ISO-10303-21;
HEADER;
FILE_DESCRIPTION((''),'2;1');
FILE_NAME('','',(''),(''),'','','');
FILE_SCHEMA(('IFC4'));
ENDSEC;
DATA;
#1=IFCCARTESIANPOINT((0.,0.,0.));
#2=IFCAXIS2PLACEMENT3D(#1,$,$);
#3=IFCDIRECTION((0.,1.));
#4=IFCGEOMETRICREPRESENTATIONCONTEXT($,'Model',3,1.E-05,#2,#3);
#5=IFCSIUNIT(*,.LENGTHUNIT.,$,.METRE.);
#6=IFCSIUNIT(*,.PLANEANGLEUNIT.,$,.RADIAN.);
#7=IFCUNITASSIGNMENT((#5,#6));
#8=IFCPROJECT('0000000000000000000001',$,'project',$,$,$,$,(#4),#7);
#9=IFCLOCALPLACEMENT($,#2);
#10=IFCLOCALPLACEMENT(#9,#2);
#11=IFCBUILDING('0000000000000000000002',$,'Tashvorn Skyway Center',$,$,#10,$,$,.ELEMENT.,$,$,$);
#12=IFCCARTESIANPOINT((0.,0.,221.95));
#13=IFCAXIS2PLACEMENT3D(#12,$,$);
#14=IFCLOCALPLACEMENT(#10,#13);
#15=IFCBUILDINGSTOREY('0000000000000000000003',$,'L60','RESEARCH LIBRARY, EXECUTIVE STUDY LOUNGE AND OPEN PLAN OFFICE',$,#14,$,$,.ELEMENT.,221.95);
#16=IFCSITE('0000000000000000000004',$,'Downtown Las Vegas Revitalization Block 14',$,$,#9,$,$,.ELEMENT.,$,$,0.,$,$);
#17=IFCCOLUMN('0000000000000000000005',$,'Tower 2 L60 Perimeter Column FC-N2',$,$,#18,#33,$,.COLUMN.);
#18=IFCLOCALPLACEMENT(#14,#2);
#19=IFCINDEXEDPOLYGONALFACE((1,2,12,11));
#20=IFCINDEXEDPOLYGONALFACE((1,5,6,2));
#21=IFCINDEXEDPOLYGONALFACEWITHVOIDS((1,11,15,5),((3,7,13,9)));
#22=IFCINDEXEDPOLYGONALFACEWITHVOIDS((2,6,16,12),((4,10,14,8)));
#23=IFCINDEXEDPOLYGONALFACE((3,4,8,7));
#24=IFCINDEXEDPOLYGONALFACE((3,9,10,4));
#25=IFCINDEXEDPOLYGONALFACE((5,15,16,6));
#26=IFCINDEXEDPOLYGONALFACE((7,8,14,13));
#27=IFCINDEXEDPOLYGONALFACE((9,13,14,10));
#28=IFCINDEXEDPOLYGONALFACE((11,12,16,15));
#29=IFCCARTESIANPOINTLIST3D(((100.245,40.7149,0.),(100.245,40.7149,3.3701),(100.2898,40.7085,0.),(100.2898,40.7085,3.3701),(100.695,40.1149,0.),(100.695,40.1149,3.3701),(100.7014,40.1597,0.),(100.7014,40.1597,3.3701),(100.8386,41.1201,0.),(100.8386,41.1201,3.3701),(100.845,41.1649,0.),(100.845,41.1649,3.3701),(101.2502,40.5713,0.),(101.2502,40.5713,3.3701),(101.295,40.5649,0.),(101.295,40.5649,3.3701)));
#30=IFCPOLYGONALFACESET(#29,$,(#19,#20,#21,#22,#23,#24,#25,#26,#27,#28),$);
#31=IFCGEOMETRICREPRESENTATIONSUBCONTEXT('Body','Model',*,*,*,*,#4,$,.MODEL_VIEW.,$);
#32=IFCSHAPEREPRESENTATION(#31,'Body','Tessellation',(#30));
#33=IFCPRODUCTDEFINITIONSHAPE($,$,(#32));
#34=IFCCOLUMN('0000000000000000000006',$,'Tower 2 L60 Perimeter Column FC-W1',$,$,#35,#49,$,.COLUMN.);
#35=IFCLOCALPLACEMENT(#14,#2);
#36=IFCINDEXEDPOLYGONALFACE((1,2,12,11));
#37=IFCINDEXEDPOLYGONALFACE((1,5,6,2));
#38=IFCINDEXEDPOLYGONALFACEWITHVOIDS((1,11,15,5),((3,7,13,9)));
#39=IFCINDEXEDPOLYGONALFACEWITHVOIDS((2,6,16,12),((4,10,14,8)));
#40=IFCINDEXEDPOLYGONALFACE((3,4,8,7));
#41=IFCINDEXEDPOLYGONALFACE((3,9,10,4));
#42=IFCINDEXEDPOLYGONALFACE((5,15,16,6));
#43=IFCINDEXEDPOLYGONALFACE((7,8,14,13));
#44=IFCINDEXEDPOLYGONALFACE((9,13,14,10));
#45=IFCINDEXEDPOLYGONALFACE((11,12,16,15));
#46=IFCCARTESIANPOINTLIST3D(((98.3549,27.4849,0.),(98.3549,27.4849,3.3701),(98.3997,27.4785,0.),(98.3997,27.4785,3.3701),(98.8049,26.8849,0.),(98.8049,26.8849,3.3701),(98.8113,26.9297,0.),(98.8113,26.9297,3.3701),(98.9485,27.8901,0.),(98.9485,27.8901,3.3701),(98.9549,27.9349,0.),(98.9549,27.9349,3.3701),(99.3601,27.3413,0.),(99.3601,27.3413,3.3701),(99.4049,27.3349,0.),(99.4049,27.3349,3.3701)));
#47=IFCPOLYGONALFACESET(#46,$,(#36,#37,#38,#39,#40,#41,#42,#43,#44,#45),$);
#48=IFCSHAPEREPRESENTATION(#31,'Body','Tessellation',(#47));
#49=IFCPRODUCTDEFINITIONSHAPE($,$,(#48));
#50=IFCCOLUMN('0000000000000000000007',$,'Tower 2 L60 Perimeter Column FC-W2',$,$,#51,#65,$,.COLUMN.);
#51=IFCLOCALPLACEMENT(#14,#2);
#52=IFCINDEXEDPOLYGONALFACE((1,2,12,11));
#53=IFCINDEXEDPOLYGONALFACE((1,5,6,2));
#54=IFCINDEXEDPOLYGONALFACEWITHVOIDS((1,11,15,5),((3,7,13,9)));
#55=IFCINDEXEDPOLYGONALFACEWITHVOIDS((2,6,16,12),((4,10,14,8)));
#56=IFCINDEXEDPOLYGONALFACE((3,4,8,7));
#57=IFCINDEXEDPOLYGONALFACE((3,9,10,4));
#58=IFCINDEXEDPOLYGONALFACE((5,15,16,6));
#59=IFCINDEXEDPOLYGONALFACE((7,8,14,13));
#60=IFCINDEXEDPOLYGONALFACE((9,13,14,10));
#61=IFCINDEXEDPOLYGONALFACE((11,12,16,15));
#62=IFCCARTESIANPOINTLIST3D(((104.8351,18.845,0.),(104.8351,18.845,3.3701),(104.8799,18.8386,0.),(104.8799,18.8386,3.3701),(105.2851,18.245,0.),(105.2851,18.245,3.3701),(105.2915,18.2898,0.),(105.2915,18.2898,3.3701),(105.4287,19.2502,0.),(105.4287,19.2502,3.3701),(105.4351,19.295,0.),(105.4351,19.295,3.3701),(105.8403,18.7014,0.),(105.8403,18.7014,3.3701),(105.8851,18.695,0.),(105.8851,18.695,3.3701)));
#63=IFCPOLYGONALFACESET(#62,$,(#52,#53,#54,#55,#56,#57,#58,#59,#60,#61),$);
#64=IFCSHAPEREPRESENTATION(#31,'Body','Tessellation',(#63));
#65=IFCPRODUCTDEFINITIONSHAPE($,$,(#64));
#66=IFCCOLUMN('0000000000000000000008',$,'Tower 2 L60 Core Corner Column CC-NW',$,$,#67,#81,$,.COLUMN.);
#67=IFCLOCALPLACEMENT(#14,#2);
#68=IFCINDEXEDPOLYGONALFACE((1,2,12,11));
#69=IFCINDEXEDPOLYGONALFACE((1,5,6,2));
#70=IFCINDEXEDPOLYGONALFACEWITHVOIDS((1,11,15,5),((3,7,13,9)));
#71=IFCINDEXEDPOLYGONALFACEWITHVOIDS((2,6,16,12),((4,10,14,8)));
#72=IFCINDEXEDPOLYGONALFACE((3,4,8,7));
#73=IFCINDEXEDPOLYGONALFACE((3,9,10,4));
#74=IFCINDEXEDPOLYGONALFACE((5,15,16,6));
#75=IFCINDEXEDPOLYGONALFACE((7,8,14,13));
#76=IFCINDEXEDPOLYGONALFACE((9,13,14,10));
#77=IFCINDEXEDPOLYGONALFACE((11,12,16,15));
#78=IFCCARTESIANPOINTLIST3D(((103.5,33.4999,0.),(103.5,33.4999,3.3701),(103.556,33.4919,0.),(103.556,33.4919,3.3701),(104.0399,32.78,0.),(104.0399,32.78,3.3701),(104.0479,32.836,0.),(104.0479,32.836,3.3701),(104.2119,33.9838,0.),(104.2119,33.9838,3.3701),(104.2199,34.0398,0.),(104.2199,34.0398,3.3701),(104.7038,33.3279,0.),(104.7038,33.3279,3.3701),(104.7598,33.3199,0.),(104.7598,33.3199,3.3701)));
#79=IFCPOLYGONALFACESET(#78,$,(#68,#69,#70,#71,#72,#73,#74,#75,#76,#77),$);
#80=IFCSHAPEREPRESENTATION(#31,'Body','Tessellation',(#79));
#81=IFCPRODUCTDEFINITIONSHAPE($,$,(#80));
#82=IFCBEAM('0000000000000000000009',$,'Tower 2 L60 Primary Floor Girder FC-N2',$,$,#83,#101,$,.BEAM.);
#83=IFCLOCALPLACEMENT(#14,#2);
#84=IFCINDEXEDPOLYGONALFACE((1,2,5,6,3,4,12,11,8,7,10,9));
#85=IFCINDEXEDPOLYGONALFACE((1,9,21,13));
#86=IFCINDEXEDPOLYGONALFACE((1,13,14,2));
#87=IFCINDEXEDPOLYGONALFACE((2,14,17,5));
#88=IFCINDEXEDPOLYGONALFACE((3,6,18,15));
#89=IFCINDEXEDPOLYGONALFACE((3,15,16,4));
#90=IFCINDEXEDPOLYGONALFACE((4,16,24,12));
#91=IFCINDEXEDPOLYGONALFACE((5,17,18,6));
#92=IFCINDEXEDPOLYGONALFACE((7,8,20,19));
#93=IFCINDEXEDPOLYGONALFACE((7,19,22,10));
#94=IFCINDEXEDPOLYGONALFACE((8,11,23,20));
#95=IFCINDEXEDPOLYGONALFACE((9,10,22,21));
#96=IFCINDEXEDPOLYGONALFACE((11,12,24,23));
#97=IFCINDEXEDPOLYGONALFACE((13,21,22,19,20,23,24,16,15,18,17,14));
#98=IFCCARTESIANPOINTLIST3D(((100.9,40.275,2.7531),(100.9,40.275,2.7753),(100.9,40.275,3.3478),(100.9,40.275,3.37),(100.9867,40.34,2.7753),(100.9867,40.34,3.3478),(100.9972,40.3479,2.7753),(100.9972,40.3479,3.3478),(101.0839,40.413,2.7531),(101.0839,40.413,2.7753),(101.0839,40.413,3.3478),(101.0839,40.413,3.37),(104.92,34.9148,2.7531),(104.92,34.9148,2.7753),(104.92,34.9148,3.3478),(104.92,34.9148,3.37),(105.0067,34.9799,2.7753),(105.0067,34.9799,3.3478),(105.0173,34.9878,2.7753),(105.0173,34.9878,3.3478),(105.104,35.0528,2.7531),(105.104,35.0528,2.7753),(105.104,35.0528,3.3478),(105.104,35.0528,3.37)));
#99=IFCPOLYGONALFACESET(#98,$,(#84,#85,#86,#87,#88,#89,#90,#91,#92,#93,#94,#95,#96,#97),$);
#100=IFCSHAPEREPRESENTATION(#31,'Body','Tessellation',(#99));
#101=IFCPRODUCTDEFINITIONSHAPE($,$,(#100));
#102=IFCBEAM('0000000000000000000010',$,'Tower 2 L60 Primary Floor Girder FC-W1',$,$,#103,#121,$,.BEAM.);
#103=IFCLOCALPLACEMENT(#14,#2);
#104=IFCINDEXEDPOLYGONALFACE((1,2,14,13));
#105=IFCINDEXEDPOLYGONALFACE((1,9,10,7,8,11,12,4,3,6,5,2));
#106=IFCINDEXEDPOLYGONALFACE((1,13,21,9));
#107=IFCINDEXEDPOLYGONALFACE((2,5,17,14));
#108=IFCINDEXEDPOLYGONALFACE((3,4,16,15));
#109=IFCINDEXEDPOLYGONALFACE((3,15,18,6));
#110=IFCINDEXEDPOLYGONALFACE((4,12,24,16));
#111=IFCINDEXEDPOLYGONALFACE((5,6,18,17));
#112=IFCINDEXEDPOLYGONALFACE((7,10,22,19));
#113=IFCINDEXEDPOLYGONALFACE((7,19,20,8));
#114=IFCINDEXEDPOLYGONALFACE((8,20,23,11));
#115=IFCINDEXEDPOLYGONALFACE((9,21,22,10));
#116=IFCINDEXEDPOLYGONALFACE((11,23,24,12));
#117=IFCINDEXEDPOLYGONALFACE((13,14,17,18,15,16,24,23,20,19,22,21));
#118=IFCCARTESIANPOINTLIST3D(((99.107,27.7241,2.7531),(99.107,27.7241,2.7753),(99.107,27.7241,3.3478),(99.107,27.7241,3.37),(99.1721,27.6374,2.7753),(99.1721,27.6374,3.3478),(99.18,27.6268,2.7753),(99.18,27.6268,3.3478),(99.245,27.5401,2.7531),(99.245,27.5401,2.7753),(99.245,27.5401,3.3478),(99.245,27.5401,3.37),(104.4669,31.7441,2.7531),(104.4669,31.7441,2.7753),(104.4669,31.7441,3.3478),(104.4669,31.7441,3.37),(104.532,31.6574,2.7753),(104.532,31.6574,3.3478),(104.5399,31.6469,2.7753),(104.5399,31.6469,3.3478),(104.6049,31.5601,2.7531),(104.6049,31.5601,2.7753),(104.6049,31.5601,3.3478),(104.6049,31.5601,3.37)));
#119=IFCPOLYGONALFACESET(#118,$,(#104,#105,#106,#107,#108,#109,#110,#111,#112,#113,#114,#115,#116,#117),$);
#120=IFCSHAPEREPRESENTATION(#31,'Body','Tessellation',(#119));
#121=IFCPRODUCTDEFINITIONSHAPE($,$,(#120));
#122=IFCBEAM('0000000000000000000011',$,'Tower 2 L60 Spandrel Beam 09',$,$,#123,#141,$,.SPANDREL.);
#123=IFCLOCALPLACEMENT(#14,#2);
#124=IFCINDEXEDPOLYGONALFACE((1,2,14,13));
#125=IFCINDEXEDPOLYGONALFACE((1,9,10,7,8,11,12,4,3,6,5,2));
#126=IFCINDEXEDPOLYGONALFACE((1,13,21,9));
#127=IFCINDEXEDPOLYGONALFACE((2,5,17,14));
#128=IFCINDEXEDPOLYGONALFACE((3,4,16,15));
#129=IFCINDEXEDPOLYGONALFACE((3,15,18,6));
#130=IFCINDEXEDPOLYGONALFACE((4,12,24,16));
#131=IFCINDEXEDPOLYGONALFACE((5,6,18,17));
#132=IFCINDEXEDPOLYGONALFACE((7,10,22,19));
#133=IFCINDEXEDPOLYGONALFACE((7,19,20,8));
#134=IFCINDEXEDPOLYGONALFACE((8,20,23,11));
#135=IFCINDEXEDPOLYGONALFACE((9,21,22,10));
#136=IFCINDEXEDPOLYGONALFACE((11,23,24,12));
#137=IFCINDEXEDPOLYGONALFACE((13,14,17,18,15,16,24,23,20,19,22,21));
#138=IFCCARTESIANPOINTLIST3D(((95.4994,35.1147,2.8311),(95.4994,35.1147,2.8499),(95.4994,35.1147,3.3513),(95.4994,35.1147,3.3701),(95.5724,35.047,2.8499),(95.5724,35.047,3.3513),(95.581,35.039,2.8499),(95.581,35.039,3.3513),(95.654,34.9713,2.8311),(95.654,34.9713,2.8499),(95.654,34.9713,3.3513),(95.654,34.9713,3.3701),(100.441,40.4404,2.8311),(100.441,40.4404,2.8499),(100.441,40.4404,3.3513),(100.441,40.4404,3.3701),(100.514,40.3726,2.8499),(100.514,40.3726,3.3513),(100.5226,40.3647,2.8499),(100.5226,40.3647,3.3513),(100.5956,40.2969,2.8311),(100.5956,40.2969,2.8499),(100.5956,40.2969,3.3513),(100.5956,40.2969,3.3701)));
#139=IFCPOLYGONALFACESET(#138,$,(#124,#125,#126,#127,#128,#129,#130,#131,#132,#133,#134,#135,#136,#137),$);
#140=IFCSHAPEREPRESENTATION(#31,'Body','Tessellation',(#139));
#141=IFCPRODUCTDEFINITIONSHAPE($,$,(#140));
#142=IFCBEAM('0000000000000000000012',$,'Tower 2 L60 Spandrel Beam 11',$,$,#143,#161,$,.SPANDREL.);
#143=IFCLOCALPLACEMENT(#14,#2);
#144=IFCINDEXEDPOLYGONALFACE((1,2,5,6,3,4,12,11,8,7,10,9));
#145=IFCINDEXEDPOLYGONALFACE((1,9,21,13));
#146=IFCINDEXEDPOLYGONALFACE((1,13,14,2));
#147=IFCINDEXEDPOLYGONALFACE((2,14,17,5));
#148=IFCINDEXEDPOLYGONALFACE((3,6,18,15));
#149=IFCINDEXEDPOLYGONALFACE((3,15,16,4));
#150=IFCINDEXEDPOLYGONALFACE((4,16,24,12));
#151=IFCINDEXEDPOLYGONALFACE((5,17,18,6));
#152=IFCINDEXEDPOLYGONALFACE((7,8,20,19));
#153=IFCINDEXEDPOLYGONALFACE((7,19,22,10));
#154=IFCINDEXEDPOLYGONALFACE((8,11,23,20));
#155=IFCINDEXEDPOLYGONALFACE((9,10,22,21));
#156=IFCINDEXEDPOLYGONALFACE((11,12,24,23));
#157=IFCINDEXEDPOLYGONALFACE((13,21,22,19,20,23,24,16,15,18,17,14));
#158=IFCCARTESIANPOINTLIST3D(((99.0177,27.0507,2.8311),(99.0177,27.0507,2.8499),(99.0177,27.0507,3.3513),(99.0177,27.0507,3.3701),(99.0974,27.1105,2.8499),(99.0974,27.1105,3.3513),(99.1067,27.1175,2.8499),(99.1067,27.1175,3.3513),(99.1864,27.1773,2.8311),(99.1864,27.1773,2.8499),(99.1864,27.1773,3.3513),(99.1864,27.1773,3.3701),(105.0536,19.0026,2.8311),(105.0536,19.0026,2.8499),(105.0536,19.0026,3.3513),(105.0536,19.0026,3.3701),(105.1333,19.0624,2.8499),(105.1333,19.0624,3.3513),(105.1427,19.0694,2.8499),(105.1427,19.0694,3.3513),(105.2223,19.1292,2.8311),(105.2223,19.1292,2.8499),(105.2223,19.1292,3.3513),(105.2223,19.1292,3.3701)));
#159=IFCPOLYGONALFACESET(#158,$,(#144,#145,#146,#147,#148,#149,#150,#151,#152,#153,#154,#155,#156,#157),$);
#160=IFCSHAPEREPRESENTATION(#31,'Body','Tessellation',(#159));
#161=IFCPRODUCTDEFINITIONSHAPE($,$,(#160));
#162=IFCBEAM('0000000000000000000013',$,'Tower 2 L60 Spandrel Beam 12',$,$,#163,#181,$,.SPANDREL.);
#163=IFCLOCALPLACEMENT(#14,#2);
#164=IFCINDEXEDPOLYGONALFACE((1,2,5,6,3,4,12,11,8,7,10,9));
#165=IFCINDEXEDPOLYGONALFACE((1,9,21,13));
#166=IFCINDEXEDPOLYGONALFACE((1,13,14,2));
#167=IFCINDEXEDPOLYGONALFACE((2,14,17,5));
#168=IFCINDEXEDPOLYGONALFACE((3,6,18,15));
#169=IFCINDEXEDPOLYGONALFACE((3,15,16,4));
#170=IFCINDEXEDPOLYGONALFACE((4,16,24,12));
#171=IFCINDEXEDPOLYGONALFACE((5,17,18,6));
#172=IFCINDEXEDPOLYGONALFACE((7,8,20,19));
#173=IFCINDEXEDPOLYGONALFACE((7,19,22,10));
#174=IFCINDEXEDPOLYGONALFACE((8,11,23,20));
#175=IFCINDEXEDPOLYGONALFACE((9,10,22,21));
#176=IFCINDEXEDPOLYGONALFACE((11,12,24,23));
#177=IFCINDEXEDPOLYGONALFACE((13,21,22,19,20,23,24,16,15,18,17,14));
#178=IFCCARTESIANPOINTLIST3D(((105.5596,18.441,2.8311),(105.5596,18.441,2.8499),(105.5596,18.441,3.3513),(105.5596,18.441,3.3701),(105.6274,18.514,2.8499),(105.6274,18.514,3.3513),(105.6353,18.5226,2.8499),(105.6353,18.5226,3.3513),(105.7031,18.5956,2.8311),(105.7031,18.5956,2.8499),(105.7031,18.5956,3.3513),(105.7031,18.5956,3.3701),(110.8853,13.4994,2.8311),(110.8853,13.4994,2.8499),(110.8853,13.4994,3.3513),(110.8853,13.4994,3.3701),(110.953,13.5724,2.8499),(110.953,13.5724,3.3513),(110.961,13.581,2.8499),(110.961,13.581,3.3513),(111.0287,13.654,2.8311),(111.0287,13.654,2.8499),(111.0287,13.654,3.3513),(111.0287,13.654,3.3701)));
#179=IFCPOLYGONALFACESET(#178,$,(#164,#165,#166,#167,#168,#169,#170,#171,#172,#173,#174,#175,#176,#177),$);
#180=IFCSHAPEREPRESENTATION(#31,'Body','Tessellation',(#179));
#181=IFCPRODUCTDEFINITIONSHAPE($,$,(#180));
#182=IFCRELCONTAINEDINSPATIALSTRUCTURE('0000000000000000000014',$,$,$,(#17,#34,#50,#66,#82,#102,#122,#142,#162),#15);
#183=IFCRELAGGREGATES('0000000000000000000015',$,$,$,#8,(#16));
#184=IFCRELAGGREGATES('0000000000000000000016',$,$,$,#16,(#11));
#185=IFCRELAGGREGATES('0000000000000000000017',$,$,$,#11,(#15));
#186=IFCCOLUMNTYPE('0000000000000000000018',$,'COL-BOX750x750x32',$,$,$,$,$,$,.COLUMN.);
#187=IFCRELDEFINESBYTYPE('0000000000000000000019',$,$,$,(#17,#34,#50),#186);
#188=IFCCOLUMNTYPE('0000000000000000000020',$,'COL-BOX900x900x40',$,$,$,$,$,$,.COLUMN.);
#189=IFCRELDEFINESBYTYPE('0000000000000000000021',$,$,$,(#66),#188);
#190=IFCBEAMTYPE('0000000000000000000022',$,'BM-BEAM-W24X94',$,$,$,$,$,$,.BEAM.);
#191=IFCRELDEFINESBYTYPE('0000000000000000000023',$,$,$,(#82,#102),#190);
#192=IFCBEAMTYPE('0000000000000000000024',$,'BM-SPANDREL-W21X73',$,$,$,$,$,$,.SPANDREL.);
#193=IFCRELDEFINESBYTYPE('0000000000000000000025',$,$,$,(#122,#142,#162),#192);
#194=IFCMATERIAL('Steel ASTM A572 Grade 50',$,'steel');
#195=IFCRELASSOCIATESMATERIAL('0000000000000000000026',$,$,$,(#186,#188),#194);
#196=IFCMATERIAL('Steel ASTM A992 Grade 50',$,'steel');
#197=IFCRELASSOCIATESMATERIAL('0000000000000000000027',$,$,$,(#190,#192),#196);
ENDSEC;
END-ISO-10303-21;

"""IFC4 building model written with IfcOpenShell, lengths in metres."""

from ifc_helpers import new_model, si_unit, direction, frame, origin, origin_2d, place, context, subcontext, project, spatial, hollow_rectangle, i_section, extrude, material, material_profile, profile_set, type_object, element, save


model = new_model("IFC4")

# Units and contexts
model_context = context("Model", 3, precision=1e-05, world=origin(), true_north=direction((0.0, 1.0)))
body_context = subcontext(model_context, "Body", "Model", "MODEL_VIEW")
ifc_project = project(units=[si_unit("LENGTHUNIT", "METRE"), si_unit("PLANEANGLEUNIT", "RADIAN")], contexts=[model_context])

# Site, building, storey
site_placement = place(None, origin())
site = spatial("IfcSite", under=ifc_project, at=site_placement, Name="Downtown Las Vegas Revitalization Block 14", CompositionType="ELEMENT", RefElevation=0.0)
building_placement = place(site_placement, origin())
building = spatial("IfcBuilding", under=site, at=building_placement, Name="Tashvorn Skyway Center", CompositionType="ELEMENT")
storey_placement = place(building_placement, frame((0.0, 0.0, 221.95)))
storey = spatial("IfcBuildingStorey", under=building, at=storey_placement, Name="L60", Description="RESEARCH LIBRARY, EXECUTIVE STUDY LOUNGE AND OPEN PLAN OFFICE", CompositionType="ELEMENT", Elevation=221.95)

# Columns
ifc_material_1 = material(Name="Steel ASTM A572 Grade 50", Category="steel")
ifc_material_profile_1 = material_profile(ifc_material_1, hollow_rectangle(XDim=0.75, YDim=0.75, WallThickness=0.032, at=origin_2d()), Name="BOX750x750x32")
ifc_profile_set_1 = profile_set([ifc_material_profile_1], Name="Steel ASTM A572 Grade 50")
column_type_1 = type_object("IfcColumnType", Name="COL-BOX750x750x32", PredefinedType="COLUMN", material=ifc_profile_set_1)
for number, where, z_axis, x_axis, name in (
    (1, (100.77, 40.6399, 0.0), (0.0, 0.0, 1.0), (0.8, 0.6, 0.0), "Tower 2 L60 Perimeter Column FC-N2"),
    (2, (98.8799, 27.4099, 0.0), (0.0, 0.0, 1.0), (0.8, 0.6, 0.0), "Tower 2 L60 Perimeter Column FC-W1"),
    (3, (105.3601, 18.77, 0.0), (0.0, 0.0, 1.0), (0.8, 0.6, 0.0), "Tower 2 L60 Perimeter Column FC-W2"),
):
    element("IfcColumn", number, at=place(storey_placement, frame(where, z_axis=z_axis, x_axis=x_axis)), inside=storey, type_object=column_type_1, Name=name, PredefinedType="COLUMN", context=body_context, shape_type="SweptSolid", body=[
        extrude(hollow_rectangle(XDim=0.75, YDim=0.75, WallThickness=0.032, at=origin_2d()), origin(), (0.0, 0.0, 1.0), 3.3701),
    ])
ifc_material_profile_2 = material_profile(ifc_material_1, hollow_rectangle(XDim=0.8999, YDim=0.8999, WallThickness=0.04, at=origin_2d()), Name="BOX900x900x40")
ifc_profile_set_2 = profile_set([ifc_material_profile_2], Name="Steel ASTM A572 Grade 50")
column_type_2 = type_object("IfcColumnType", Name="COL-BOX900x900x40", PredefinedType="COLUMN", material=ifc_profile_set_2)
column_placement = place(storey_placement, frame((104.1299, 33.4099, 0.0), z_axis=(0.0, 0.0, 1.0), x_axis=(0.8, 0.6, 0.0)))
element("IfcColumn", 4, at=column_placement, inside=storey, type_object=column_type_2, Name="Tower 2 L60 Core Corner Column CC-NW", PredefinedType="COLUMN", context=body_context, shape_type="SweptSolid", body=[
    extrude(hollow_rectangle(XDim=0.8999, YDim=0.8999, WallThickness=0.04, at=origin_2d()), origin(), (0.0, 0.0, 1.0), 3.3701),
])

# Beams
ifc_material_2 = material(Name="Steel ASTM A992 Grade 50", Category="steel")
ifc_material_profile_3 = material_profile(ifc_material_2, i_section(OverallWidth=0.23, OverallDepth=0.6169, WebThickness=0.0132, FlangeThickness=0.0222, at=origin_2d()), Name="W24X94")
ifc_profile_set_3 = profile_set([ifc_material_profile_3], Name="Steel ASTM A992 Grade 50")
beam_type_1 = type_object("IfcBeamType", Name="BM-BEAM-W24X94", PredefinedType="BEAM", material=ifc_profile_set_3)
beam_1_placement = place(storey_placement, frame((100.9919, 40.344, 3.0615), z_axis=(0.599994, -0.800004, 0.0), x_axis=(0.800004, 0.599994, 0.0)))
element("IfcBeam", 5, at=beam_1_placement, inside=storey, type_object=beam_type_1, Name="Tower 2 L60 Primary Floor Girder FC-N2", PredefinedType="BEAM", context=body_context, shape_type="SweptSolid", body=[
    extrude(i_section(OverallWidth=0.23, OverallDepth=0.6169, WebThickness=0.0132, FlangeThickness=0.0222, at=origin_2d()), origin(), (0.0, 0.0, 1.0), 6.7002),
])
beam_2_placement = place(storey_placement, frame((99.176, 27.6321, 3.0615), z_axis=(0.799991, 0.600012, 0.0), x_axis=(-0.600012, 0.799991, 0.0)))
element("IfcBeam", 6, at=beam_2_placement, inside=storey, type_object=beam_type_1, Name="Tower 2 L60 Primary Floor Girder FC-W1", PredefinedType="BEAM", context=body_context, shape_type="SweptSolid", body=[
    extrude(i_section(OverallWidth=0.23, OverallDepth=0.6169, WebThickness=0.0132, FlangeThickness=0.0222, at=origin_2d()), origin(), (0.0, 0.0, 1.0), 6.7),
])
ifc_material_profile_4 = material_profile(ifc_material_2, i_section(OverallWidth=0.2109, OverallDepth=0.5391, WebThickness=0.0117, FlangeThickness=0.0188, at=origin_2d()), Name="W21X73")
ifc_profile_set_4 = profile_set([ifc_material_profile_4], Name="Steel ASTM A992 Grade 50")
beam_type_2 = type_object("IfcBeamType", Name="BM-SPANDREL-W21X73", PredefinedType="SPANDREL", material=ifc_profile_set_4)
beam_3_placement = place(storey_placement, frame((100.5183, 40.3687, 3.1006), z_axis=(-0.680183, -0.733042, 0.0), x_axis=(0.733042, -0.680183, 0.0)))
element("IfcBeam", 7, at=beam_3_placement, inside=storey, type_object=beam_type_2, Name="Tower 2 L60 Spandrel Beam 09", PredefinedType="SPANDREL", context=body_context, shape_type="SweptSolid", body=[
    extrude(i_section(OverallWidth=0.2109, OverallDepth=0.5391, WebThickness=0.0117, FlangeThickness=0.0188, at=origin_2d()), origin(), (0.0, 0.0, 1.0), 7.2651),
])
beam_4_placement = place(storey_placement, frame((99.1021, 27.114, 3.1006), z_axis=(0.599988, -0.800009, 0.0), x_axis=(0.800009, 0.599988, 0.0)))
element("IfcBeam", 8, at=beam_4_placement, inside=storey, type_object=beam_type_2, Name="Tower 2 L60 Spandrel Beam 11", PredefinedType="SPANDREL", context=body_context, shape_type="SweptSolid", body=[
    extrude(i_section(OverallWidth=0.2109, OverallDepth=0.5391, WebThickness=0.0117, FlangeThickness=0.0188, at=origin_2d()), origin(), (0.0, 0.0, 1.0), 10.0601),
])
beam_5_placement = place(storey_placement, frame((105.6313, 18.5183, 3.1006), z_axis=(0.733042, -0.680183, 0.0), x_axis=(0.680183, 0.733042, 0.0)))
element("IfcBeam", 9, at=beam_5_placement, inside=storey, type_object=beam_type_2, Name="Tower 2 L60 Spandrel Beam 12", PredefinedType="SPANDREL", context=body_context, shape_type="SweptSolid", body=[
    extrude(i_section(OverallWidth=0.2109, OverallDepth=0.5391, WebThickness=0.0117, FlangeThickness=0.0188, at=origin_2d()), origin(), (0.0, 0.0, 1.0), 7.2651),
])

save(model, "model.ifc")
